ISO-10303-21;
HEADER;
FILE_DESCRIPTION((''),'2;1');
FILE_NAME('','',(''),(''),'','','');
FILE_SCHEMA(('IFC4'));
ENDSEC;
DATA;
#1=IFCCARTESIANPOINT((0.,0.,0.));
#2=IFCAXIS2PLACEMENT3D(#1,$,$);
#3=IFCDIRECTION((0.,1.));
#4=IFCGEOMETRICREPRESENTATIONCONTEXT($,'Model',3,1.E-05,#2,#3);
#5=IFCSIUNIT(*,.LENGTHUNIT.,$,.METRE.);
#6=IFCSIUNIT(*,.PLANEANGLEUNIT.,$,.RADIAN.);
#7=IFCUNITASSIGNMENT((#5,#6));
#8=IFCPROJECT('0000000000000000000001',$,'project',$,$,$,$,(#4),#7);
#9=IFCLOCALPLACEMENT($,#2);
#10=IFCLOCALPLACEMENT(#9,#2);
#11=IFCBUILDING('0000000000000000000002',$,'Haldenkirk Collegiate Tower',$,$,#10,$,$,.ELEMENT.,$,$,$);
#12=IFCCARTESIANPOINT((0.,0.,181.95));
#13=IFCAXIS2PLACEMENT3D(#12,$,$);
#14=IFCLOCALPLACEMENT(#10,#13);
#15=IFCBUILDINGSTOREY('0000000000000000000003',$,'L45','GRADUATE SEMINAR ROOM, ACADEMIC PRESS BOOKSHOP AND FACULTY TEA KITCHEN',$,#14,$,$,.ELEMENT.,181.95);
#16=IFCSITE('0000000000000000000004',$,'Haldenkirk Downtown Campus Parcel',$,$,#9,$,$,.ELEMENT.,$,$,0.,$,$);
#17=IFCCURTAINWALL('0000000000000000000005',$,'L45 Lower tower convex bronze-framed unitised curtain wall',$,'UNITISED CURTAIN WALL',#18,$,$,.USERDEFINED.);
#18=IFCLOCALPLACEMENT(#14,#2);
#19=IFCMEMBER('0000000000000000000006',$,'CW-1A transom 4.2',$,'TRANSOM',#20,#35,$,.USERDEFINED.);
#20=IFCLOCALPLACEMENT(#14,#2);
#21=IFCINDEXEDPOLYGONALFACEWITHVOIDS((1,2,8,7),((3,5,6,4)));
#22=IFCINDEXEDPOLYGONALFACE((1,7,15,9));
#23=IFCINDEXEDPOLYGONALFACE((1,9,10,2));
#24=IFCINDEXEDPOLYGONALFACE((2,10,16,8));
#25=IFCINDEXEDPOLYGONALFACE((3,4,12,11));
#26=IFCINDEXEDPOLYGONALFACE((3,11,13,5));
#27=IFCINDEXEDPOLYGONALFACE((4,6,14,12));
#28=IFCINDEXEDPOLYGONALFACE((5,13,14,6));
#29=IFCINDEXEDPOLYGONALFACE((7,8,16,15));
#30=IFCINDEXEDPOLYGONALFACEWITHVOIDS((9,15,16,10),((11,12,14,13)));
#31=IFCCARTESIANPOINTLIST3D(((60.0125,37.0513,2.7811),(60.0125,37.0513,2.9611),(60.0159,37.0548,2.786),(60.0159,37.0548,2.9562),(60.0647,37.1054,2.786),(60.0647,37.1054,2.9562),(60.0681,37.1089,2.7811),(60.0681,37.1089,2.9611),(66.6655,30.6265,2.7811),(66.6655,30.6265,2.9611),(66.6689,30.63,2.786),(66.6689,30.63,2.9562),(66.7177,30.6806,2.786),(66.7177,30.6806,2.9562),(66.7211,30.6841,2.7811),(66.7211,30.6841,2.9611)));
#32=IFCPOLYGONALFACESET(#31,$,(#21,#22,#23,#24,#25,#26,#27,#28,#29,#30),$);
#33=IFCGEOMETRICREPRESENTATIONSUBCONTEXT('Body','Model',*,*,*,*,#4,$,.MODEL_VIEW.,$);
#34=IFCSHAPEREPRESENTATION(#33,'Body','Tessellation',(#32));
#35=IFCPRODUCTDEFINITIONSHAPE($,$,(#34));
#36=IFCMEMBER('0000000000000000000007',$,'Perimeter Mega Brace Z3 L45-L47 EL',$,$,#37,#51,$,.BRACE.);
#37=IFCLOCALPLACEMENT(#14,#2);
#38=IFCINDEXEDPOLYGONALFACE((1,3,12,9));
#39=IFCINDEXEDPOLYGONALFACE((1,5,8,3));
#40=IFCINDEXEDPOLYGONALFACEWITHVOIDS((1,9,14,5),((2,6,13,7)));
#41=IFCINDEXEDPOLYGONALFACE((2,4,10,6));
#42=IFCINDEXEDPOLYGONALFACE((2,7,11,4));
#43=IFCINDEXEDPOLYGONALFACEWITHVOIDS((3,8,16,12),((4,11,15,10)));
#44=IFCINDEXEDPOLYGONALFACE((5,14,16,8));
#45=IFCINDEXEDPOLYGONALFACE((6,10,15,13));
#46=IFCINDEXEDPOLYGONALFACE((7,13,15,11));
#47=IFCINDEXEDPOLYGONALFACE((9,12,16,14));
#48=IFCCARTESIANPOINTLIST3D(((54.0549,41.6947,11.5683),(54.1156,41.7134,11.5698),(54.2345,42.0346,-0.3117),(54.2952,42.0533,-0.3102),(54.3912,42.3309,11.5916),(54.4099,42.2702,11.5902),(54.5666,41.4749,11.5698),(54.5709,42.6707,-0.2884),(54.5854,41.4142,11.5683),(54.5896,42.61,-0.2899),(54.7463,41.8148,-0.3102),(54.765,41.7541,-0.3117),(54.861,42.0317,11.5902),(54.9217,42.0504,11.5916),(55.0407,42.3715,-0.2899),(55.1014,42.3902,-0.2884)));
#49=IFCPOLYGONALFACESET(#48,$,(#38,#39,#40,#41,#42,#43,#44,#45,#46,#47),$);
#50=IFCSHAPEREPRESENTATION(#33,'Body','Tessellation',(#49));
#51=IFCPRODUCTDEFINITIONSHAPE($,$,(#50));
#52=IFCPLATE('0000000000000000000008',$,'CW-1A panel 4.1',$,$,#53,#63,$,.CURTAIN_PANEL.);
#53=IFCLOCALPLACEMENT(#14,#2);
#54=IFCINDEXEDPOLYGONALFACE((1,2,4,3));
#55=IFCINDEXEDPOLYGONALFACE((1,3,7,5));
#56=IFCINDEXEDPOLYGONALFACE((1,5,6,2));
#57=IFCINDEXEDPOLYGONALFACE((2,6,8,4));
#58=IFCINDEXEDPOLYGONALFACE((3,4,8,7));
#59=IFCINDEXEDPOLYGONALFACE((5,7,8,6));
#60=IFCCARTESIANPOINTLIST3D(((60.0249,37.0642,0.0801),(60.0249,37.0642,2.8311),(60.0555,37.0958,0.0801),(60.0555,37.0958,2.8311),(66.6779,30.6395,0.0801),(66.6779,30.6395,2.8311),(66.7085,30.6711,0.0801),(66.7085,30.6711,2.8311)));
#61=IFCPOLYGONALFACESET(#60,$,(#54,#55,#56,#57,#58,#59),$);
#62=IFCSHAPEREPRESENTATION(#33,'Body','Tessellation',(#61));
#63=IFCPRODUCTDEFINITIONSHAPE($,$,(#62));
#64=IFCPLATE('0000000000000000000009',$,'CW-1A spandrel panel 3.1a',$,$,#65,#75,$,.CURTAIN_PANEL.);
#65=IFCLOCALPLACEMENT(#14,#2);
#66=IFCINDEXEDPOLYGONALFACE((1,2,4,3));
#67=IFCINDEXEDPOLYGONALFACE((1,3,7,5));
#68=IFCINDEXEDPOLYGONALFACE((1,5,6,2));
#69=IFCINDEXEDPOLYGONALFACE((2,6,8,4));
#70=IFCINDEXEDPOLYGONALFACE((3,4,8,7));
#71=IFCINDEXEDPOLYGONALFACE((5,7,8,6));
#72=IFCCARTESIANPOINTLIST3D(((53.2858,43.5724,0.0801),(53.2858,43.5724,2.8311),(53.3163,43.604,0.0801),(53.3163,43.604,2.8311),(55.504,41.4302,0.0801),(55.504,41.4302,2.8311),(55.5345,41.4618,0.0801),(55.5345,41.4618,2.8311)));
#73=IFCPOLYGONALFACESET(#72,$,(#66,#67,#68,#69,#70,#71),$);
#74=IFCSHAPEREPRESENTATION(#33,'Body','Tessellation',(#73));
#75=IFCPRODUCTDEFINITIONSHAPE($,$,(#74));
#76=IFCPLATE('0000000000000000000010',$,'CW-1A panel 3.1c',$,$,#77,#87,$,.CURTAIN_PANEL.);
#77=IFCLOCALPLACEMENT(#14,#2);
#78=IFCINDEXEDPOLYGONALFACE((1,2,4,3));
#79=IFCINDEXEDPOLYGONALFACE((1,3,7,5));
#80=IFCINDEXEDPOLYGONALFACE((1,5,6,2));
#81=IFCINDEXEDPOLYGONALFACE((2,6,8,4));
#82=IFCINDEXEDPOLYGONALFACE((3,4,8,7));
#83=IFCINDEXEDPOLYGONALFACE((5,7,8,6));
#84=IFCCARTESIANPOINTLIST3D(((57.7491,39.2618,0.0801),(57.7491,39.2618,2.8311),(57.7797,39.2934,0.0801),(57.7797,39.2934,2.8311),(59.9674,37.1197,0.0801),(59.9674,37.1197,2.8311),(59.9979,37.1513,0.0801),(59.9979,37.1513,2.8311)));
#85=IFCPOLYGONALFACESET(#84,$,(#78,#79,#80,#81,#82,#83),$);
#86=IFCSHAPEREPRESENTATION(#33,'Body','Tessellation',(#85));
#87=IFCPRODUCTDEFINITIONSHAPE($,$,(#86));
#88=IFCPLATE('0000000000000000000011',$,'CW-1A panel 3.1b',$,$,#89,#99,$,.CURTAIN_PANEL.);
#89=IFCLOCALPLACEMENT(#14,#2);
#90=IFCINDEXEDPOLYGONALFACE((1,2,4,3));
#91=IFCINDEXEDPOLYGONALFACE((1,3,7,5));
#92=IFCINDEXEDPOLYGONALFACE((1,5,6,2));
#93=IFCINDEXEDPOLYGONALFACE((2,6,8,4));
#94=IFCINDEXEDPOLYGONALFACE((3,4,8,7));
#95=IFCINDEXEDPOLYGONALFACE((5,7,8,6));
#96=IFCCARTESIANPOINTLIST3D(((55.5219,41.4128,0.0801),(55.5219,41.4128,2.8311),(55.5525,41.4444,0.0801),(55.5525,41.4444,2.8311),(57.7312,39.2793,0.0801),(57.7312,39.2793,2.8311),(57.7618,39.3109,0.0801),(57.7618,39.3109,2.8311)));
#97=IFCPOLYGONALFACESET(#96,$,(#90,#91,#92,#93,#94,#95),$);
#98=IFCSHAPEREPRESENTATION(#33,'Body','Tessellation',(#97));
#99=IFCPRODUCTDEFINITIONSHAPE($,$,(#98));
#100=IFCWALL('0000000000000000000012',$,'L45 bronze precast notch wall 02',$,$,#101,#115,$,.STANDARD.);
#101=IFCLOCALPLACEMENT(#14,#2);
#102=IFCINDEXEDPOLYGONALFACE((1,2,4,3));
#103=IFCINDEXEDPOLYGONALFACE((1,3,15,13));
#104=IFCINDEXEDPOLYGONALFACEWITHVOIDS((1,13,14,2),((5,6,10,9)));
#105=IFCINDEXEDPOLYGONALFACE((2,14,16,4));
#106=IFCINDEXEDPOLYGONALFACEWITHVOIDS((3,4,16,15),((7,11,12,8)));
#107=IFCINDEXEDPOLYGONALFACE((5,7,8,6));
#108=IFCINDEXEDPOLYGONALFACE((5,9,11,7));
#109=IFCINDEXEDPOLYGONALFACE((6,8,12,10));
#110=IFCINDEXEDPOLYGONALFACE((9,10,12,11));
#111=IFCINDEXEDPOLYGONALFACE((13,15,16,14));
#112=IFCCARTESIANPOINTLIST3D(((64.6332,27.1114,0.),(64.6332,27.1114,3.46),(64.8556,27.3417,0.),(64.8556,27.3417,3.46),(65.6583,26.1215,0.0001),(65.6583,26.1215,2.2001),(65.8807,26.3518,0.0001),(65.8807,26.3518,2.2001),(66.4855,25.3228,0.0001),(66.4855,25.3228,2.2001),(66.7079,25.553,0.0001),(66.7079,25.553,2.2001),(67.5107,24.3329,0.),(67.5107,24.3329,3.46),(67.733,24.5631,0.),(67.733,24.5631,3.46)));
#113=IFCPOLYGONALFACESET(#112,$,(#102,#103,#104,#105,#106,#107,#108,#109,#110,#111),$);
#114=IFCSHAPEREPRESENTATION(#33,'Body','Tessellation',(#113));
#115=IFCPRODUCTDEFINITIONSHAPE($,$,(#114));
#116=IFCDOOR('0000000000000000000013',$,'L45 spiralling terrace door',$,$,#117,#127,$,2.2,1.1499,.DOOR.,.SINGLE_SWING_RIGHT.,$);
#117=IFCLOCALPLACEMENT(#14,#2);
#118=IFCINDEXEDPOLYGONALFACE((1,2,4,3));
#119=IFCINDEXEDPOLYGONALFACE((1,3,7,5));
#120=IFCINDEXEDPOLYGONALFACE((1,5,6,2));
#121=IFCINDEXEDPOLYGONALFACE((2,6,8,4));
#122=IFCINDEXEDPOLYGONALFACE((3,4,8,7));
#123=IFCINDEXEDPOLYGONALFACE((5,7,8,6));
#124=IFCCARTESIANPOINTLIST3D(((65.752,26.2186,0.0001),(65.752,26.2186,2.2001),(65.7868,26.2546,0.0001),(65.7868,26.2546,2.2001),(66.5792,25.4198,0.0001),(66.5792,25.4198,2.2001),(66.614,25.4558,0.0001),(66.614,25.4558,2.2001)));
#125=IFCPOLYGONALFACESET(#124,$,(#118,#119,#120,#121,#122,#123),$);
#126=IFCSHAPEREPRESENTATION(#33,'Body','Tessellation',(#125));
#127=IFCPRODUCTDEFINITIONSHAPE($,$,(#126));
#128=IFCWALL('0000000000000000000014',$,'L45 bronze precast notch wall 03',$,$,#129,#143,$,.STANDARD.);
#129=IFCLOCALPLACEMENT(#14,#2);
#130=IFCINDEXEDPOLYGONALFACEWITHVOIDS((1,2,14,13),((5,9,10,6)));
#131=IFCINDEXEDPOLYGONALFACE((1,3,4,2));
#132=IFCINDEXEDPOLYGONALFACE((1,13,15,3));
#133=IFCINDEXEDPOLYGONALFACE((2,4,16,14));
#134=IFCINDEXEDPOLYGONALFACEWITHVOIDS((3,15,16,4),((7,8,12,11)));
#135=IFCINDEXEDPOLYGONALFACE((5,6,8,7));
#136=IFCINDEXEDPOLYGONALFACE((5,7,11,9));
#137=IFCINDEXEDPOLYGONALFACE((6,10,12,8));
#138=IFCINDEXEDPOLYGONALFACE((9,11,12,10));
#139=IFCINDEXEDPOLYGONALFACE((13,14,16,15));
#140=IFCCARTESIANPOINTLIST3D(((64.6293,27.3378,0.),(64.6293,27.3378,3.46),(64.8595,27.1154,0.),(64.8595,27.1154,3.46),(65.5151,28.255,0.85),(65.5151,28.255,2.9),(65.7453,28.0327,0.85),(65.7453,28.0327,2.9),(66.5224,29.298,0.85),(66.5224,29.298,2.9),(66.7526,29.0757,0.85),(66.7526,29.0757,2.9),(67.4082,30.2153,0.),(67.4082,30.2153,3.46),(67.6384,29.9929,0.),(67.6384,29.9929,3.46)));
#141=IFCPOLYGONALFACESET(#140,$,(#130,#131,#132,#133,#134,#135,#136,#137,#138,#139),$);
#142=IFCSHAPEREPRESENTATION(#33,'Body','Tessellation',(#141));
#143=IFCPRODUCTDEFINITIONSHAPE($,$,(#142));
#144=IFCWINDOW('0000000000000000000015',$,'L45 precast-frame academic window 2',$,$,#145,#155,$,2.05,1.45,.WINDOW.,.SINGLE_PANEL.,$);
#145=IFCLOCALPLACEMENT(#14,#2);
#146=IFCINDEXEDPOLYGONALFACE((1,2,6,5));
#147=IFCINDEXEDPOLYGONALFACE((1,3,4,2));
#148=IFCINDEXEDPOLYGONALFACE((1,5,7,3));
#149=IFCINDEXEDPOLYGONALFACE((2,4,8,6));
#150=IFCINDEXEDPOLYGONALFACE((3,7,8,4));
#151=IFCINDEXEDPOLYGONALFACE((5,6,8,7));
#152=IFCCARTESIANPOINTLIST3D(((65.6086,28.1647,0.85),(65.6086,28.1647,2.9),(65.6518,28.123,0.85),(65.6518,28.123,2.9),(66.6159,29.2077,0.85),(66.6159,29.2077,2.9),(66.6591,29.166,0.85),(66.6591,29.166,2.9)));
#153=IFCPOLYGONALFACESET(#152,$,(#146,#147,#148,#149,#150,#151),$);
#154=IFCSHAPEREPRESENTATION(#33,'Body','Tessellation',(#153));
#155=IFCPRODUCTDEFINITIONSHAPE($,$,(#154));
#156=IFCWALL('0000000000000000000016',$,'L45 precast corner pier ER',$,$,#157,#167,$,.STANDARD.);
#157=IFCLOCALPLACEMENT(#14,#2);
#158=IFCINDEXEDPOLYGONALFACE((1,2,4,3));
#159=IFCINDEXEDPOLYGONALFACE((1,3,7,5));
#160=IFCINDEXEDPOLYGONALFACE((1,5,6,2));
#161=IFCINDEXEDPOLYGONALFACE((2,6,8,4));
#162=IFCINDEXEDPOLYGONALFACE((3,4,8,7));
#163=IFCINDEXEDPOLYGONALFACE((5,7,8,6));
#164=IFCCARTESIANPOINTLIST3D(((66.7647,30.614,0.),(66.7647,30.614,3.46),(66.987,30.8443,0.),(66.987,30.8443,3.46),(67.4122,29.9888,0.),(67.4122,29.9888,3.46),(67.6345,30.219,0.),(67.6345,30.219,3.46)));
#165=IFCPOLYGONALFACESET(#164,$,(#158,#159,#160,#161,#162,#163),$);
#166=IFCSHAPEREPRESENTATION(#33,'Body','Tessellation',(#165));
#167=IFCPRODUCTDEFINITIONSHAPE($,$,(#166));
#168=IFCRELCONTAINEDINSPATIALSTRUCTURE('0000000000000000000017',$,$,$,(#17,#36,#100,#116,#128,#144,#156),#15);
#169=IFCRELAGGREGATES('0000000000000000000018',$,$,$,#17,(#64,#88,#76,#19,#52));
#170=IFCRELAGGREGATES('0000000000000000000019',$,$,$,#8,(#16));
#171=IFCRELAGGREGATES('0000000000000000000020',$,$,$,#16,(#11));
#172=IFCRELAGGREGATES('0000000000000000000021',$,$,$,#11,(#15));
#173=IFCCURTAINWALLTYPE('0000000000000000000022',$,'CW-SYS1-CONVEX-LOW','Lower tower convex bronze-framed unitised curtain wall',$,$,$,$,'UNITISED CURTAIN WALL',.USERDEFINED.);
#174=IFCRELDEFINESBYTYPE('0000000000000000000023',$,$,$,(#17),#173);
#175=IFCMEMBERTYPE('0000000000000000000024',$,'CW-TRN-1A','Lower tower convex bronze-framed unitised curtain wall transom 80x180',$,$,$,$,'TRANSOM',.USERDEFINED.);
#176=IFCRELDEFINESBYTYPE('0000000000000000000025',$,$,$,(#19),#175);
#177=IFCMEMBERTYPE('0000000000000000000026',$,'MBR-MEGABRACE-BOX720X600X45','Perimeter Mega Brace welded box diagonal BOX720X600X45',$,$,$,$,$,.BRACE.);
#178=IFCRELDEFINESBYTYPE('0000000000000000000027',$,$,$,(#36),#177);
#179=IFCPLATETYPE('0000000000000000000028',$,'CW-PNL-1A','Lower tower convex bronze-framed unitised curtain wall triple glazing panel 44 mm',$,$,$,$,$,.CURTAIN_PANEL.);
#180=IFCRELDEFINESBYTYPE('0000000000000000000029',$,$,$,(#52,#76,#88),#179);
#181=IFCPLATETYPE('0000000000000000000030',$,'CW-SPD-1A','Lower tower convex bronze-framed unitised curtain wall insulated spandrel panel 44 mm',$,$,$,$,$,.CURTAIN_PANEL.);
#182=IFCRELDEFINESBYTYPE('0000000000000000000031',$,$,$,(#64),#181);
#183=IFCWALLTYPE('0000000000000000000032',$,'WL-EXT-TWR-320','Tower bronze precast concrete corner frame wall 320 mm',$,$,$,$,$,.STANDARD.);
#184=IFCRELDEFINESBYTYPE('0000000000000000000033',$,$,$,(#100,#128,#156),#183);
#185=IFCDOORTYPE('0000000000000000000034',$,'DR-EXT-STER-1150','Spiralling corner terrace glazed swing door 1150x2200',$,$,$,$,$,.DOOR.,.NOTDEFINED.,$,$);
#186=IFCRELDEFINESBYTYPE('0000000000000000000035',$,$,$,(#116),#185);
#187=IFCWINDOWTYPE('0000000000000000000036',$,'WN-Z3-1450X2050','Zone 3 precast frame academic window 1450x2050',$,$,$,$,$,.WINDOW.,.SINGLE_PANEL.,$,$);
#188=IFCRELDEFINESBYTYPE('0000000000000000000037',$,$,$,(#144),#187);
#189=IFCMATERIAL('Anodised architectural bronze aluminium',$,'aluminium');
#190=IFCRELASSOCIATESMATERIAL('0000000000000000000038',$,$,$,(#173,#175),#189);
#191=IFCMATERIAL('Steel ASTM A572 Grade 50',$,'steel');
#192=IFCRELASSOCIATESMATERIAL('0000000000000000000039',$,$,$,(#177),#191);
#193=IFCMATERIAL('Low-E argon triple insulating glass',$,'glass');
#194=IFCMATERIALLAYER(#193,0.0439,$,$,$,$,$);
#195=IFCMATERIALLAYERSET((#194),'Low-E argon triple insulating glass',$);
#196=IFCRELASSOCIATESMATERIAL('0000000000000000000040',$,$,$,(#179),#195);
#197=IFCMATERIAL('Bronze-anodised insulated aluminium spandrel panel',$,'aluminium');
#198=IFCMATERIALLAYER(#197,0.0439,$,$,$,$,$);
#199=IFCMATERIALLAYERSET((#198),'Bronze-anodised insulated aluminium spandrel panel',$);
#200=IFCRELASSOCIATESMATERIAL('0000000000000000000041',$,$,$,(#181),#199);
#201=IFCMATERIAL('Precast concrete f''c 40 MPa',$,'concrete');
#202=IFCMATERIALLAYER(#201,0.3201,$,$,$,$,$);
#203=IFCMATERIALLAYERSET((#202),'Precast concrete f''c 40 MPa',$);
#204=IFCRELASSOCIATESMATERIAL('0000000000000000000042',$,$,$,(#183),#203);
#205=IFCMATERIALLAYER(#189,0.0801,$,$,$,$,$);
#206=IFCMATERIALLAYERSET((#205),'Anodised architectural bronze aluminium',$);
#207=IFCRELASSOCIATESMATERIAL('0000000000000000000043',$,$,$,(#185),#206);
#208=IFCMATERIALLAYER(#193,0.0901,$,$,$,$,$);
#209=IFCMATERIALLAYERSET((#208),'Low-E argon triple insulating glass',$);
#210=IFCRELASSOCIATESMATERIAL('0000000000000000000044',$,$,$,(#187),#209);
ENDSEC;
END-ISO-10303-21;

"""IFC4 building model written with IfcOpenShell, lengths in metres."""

from ifc_helpers import new_model, si_unit, direction, frame, frame_2d, origin, origin_2d, place, context, subcontext, project, spatial, rectangle, hollow_rectangle, extrude, source, transform, mapped, material, layer, layer_set, material_profile, profile_set, type_object, element, fill, aggregate, save


model = new_model("IFC4")

# Units and contexts
model_context = context("Model", 3, precision=1e-05, world=origin(), true_north=direction((0.0, 1.0)))
body_context = subcontext(model_context, "Body", "Model", "MODEL_VIEW")
ifc_project = project(units=[si_unit("LENGTHUNIT", "METRE"), si_unit("PLANEANGLEUNIT", "RADIAN")], contexts=[model_context])

# Site, building, storey
site_placement = place(None, origin())
site = spatial("IfcSite", under=ifc_project, at=site_placement, Name="Haldenkirk Downtown Campus Parcel", CompositionType="ELEMENT", RefElevation=0.0)
building_placement = place(site_placement, origin())
building = spatial("IfcBuilding", under=site, at=building_placement, Name="Haldenkirk Collegiate Tower", CompositionType="ELEMENT")
storey_placement = place(building_placement, frame((0.0, 0.0, 181.95)))
storey = spatial("IfcBuildingStorey", under=building, at=storey_placement, Name="L45", Description="GRADUATE SEMINAR ROOM, ACADEMIC PRESS BOOKSHOP AND FACULTY TEA KITCHEN", CompositionType="ELEMENT", Elevation=181.95)

# Curtain wall, member
ifc_material_1 = material(Name="Anodised architectural bronze aluminium", Category="aluminium")
curtain_wall_type = type_object("IfcCurtainWallType", Name="CW-SYS1-CONVEX-LOW", Description="Lower tower convex bronze-framed unitised curtain wall", ElementType="UNITISED CURTAIN WALL", PredefinedType="USERDEFINED", material=ifc_material_1)
curtain_wall_placement = place(storey_placement, origin())
curtain_wall = element("IfcCurtainWall", 1, at=curtain_wall_placement, inside=storey, type_object=curtain_wall_type, Name="L45 Lower tower convex bronze-framed unitised curtain wall", ObjectType="UNITISED CURTAIN WALL", PredefinedType="USERDEFINED")
ifc_material_profile_1 = material_profile(ifc_material_1, hollow_rectangle(XDim=0.0801, YDim=0.1799, WallThickness=0.0049, at=origin_2d()), Name="CW-TRN-1A")
ifc_profile_set_1 = profile_set([ifc_material_profile_1], Name="Anodised architectural bronze aluminium")
member_type_1 = type_object("IfcMemberType", Name="CW-TRN-1A", Description="Lower tower convex bronze-framed unitised curtain wall transom 80x180", ElementType="TRANSOM", PredefinedType="USERDEFINED", material=ifc_profile_set_1)
member_1_placement = place(storey_placement, frame((60.0403, 37.0801, 2.8711), z_axis=(0.71934, -0.694659, 0.0), x_axis=(0.694659, 0.71934, 0.0)))
member_1 = element("IfcMember", 2, at=member_1_placement, type_object=member_type_1, Name="CW-1A transom 4.2", ObjectType="TRANSOM", PredefinedType="USERDEFINED", context=body_context, shape_type="SweptSolid", body=[
    extrude(hollow_rectangle(XDim=0.0801, YDim=0.1799, WallThickness=0.0049, at=origin_2d()), origin(), (0.0, 0.0, 1.0), 9.2488),
])

# Member
ifc_material_2 = material(Name="Steel ASTM A572 Grade 50", Category="steel")
ifc_material_profile_2 = material_profile(ifc_material_2, hollow_rectangle(XDim=0.6001, YDim=0.72, WallThickness=0.0449, at=origin_2d()), Name="BOX720X600X45")
ifc_profile_set_2 = profile_set([ifc_material_profile_2], Name="Steel ASTM A572 Grade 50")
member_type_2 = type_object("IfcMemberType", Name="MBR-MEGABRACE-BOX720X600X45", Description="Perimeter Mega Brace welded box diagonal BOX720X600X45", PredefinedType="BRACE", material=ifc_profile_set_2)
member_2_placement = place(storey_placement, frame((54.668, 42.2124, -0.3), z_axis=(-0.015117, -0.028591, 0.999477), x_axis=(0.884035, -0.467421, 0.0)))
element("IfcMember", 3, at=member_2_placement, inside=storey, type_object=member_type_2, Name="Perimeter Mega Brace Z3 L45-L47 EL", PredefinedType="BRACE", context=body_context, shape_type="SweptSolid", body=[
    extrude(hollow_rectangle(XDim=0.6001, YDim=0.72, WallThickness=0.0449, at=origin_2d()), origin(), (0.0, 0.0, 1.0), 11.8862),
])

# Plates
ifc_material_3 = material(Name="Low-E argon triple insulating glass", Category="glass")
ifc_layer_1 = layer(ifc_material_3, 0.0439)
ifc_layer_set_1 = layer_set([ifc_layer_1], Name="Low-E argon triple insulating glass")
plate_type_1 = type_object("IfcPlateType", Name="CW-PNL-1A", Description="Lower tower convex bronze-framed unitised curtain wall triple glazing panel 44 mm", PredefinedType="CURTAIN_PANEL", material=ifc_layer_set_1)
shared_shape_1 = source(origin(), body_context, "Body", "SweptSolid", [
    extrude(rectangle(XDim=9.2488, YDim=0.0439, at=origin_2d()), origin(), (0.0, 0.0, 1.0), 2.751),
])
plate_1_placement = place(storey_placement, frame((63.3667, 33.8677, 0.0801), z_axis=(0.0, 0.0, 1.0), x_axis=(0.719341, -0.694658, 0.0)))
plate_1 = element("IfcPlate", 4, at=plate_1_placement, type_object=plate_type_1, Name="CW-1A panel 4.1", PredefinedType="CURTAIN_PANEL", context=body_context, shape_type="MappedRepresentation", body=[
    mapped(shared_shape_1, transform((0.0, 0.0, 0.0), x_axis=(1.0, 0.0, 0.0), y_axis=(0.0, 1.0, 0.0), z_axis=(0.0, 0.0, 1.0), scale=1.0)),
])
ifc_material_4 = material(Name="Bronze-anodised insulated aluminium spandrel panel", Category="aluminium")
ifc_layer_2 = layer(ifc_material_4, 0.0439)
ifc_layer_set_2 = layer_set([ifc_layer_2], Name="Bronze-anodised insulated aluminium spandrel panel")
plate_type_2 = type_object("IfcPlateType", Name="CW-SPD-1A", Description="Lower tower convex bronze-framed unitised curtain wall insulated spandrel panel 44 mm", PredefinedType="CURTAIN_PANEL", material=ifc_layer_set_2)
shared_shape_2 = source(origin(), body_context, "Body", "SweptSolid", [
    extrude(rectangle(XDim=3.0837, YDim=0.0439, at=origin_2d()), origin(), (0.0, 0.0, 1.0), 2.751),
])
plate_2_placement = place(storey_placement, frame((54.4102, 42.5171, 0.0801), z_axis=(0.0, 0.0, 1.0), x_axis=(0.719341, -0.694658, 0.0)))
plate_2 = element("IfcPlate", 5, at=plate_2_placement, type_object=plate_type_2, Name="CW-1A spandrel panel 3.1a", PredefinedType="CURTAIN_PANEL", context=body_context, shape_type="MappedRepresentation", body=[
    mapped(shared_shape_2, transform((0.0, 0.0, 0.0), x_axis=(1.0, 0.0, 0.0), y_axis=(0.0, 1.0, 0.0), z_axis=(0.0, 0.0, 1.0), scale=1.0)),
])
plate_3_placement = place(storey_placement, frame((58.8735, 38.2065, 0.0801), z_axis=(0.0, 0.0, 1.0), x_axis=(0.719341, -0.694658, 0.0)))
plate_3 = element("IfcPlate", 6, at=plate_3_placement, type_object=plate_type_1, Name="CW-1A panel 3.1c", PredefinedType="CURTAIN_PANEL", context=body_context, shape_type="MappedRepresentation", body=[
    mapped(shared_shape_2, transform((0.0, 0.0, 0.0), x_axis=(1.0, 0.0, 0.0), y_axis=(0.0, 1.0, 0.0), z_axis=(0.0, 0.0, 1.0), scale=1.0)),
])
shared_shape_3 = source(origin(), body_context, "Body", "SweptSolid", [
    extrude(rectangle(XDim=3.0713, YDim=0.0439, at=origin_2d()), origin(), (0.0, 0.0, 1.0), 2.751),
])
plate_4_placement = place(storey_placement, frame((56.6418, 40.3618, 0.0801), z_axis=(0.0, 0.0, 1.0), x_axis=(0.719341, -0.694658, 0.0)))
plate_4 = element("IfcPlate", 7, at=plate_4_placement, type_object=plate_type_1, Name="CW-1A panel 3.1b", PredefinedType="CURTAIN_PANEL", context=body_context, shape_type="MappedRepresentation", body=[
    mapped(shared_shape_3, transform((0.0, 0.0, 0.0), x_axis=(1.0, 0.0, 0.0), y_axis=(0.0, 1.0, 0.0), z_axis=(0.0, 0.0, 1.0), scale=1.0)),
])
aggregate(curtain_wall, [plate_2, plate_4, plate_3, member_1, plate_1])

# Wall, opening, door
ifc_material_5 = material(Name="Precast concrete f'c 40 MPa", Category="concrete")
ifc_layer_3 = layer(ifc_material_5, 0.3201)
ifc_layer_set_3 = layer_set([ifc_layer_3], Name="Precast concrete f'c 40 MPa")
wall_type = type_object("IfcWallType", Name="WL-EXT-TWR-320", Description="Tower bronze precast concrete corner frame wall 320 mm", PredefinedType="STANDARD", material=ifc_layer_set_3)
wall_1_placement = place(storey_placement, frame((64.7444, 27.2266, 0.0), z_axis=(0.0, 0.0, 1.0), x_axis=(0.719358, -0.694639, 0.0)))
wall_1 = element("IfcWall", 8, at=wall_1_placement, inside=storey, type_object=wall_type, Name="L45 bronze precast notch wall 02", PredefinedType="STANDARD", context=body_context, shape_type="SweptSolid", body=[
    extrude(rectangle(XDim=4.0, YDim=0.3201, at=frame_2d((2.0, 0.0))), origin(), (0.0, 0.0, 1.0), 3.46),
])
opening_1_placement = place(wall_1_placement, frame((1.425, 0.0, 0.0)))
opening_1 = element("IfcOpeningElement", 9, at=opening_1_placement, cuts=wall_1, PredefinedType="OPENING", context=body_context, shape_type="SweptSolid", body=[
    extrude(rectangle(XDim=1.1499, YDim=2.2, at=frame_2d((0.575, 1.1001))), frame((0.0, 0.1699, 0.0), z_axis=(0.0, -1.0, 0.0), x_axis=(1.0, 0.0, 0.0)), (0.0, 0.0, 1.0), 0.3401),
])
ifc_layer_4 = layer(ifc_material_1, 0.0801)
ifc_layer_set_4 = layer_set([ifc_layer_4], Name="Anodised architectural bronze aluminium")
door_type = type_object("IfcDoorType", Name="DR-EXT-STER-1150", Description="Spiralling corner terrace glazed swing door 1150x2200", OperationType="NOTDEFINED", PredefinedType="DOOR", material=ifc_layer_set_4)
door_placement = place(opening_1_placement, origin())
door = element("IfcDoor", 10, at=door_placement, inside=storey, type_object=door_type, Name="L45 spiralling terrace door", OperationType="SINGLE_SWING_RIGHT", OverallHeight=2.2, OverallWidth=1.1499, PredefinedType="DOOR", context=body_context, shape_type="SweptSolid", body=[
    extrude(rectangle(XDim=1.1499, YDim=2.2, at=frame_2d((0.575, 1.1001))), frame((0.0, 0.0249, 0.0), z_axis=(0.0, -1.0, 0.0), x_axis=(1.0, 0.0, 0.0)), (0.0, 0.0, 1.0), 0.05),
])
fill(opening_1, door)

# Wall, opening, window
wall_2_placement = place(storey_placement, frame((67.5232, 30.104, 0.0), z_axis=(0.0, 0.0, 1.0), x_axis=(-0.694671, -0.719328, 0.0)))
wall_2 = element("IfcWall", 11, at=wall_2_placement, inside=storey, type_object=wall_type, Name="L45 bronze precast notch wall 03", PredefinedType="STANDARD", context=body_context, shape_type="SweptSolid", body=[
    extrude(rectangle(XDim=4.0002, YDim=0.3201, at=frame_2d((2.0, 0.0))), origin(), (0.0, 0.0, 1.0), 3.46),
])
opening_2_placement = place(wall_2_placement, frame((1.2749, 0.0, 0.8501)))
opening_2 = element("IfcOpeningElement", 12, at=opening_2_placement, cuts=wall_2, PredefinedType="OPENING", context=body_context, shape_type="SweptSolid", body=[
    extrude(rectangle(XDim=1.45, YDim=2.05, at=frame_2d((0.7251, 1.0249))), frame((0.0, 0.1699, 0.0), z_axis=(0.0, -1.0, 0.0), x_axis=(1.0, 0.0, 0.0)), (0.0, 0.0, 1.0), 0.3401),
])
ifc_layer_5 = layer(ifc_material_3, 0.0901)
ifc_layer_set_5 = layer_set([ifc_layer_5], Name="Low-E argon triple insulating glass")
window_type = type_object("IfcWindowType", Name="WN-Z3-1450X2050", Description="Zone 3 precast frame academic window 1450x2050", PartitioningType="SINGLE_PANEL", PredefinedType="WINDOW", material=ifc_layer_set_5)
window_placement = place(opening_2_placement, origin())
window = element("IfcWindow", 13, at=window_placement, inside=storey, type_object=window_type, Name="L45 precast-frame academic window 2", OverallHeight=2.05, OverallWidth=1.45, PartitioningType="SINGLE_PANEL", PredefinedType="WINDOW", context=body_context, shape_type="SweptSolid", body=[
    extrude(rectangle(XDim=1.45, YDim=2.05, at=frame_2d((0.7251, 1.0249))), frame((0.0, 0.03, 0.0), z_axis=(0.0, -1.0, 0.0), x_axis=(1.0, 0.0, 0.0)), (0.0, 0.0, 1.0), 0.0601),
])
fill(opening_2, window)

# Wall
wall_3_placement = place(storey_placement, frame((66.8757, 30.7292, 0.0), z_axis=(0.0, 0.0, 1.0), x_axis=(0.719341, -0.694657, 0.0)))
element("IfcWall", 14, at=wall_3_placement, inside=storey, type_object=wall_type, Name="L45 precast corner pier ER", PredefinedType="STANDARD", context=body_context, shape_type="SweptSolid", body=[
    extrude(rectangle(XDim=0.9001, YDim=0.3201, at=frame_2d((0.4502, 0.0))), origin(), (0.0, 0.0, 1.0), 3.46),
])

save(model, "model.ifc")
